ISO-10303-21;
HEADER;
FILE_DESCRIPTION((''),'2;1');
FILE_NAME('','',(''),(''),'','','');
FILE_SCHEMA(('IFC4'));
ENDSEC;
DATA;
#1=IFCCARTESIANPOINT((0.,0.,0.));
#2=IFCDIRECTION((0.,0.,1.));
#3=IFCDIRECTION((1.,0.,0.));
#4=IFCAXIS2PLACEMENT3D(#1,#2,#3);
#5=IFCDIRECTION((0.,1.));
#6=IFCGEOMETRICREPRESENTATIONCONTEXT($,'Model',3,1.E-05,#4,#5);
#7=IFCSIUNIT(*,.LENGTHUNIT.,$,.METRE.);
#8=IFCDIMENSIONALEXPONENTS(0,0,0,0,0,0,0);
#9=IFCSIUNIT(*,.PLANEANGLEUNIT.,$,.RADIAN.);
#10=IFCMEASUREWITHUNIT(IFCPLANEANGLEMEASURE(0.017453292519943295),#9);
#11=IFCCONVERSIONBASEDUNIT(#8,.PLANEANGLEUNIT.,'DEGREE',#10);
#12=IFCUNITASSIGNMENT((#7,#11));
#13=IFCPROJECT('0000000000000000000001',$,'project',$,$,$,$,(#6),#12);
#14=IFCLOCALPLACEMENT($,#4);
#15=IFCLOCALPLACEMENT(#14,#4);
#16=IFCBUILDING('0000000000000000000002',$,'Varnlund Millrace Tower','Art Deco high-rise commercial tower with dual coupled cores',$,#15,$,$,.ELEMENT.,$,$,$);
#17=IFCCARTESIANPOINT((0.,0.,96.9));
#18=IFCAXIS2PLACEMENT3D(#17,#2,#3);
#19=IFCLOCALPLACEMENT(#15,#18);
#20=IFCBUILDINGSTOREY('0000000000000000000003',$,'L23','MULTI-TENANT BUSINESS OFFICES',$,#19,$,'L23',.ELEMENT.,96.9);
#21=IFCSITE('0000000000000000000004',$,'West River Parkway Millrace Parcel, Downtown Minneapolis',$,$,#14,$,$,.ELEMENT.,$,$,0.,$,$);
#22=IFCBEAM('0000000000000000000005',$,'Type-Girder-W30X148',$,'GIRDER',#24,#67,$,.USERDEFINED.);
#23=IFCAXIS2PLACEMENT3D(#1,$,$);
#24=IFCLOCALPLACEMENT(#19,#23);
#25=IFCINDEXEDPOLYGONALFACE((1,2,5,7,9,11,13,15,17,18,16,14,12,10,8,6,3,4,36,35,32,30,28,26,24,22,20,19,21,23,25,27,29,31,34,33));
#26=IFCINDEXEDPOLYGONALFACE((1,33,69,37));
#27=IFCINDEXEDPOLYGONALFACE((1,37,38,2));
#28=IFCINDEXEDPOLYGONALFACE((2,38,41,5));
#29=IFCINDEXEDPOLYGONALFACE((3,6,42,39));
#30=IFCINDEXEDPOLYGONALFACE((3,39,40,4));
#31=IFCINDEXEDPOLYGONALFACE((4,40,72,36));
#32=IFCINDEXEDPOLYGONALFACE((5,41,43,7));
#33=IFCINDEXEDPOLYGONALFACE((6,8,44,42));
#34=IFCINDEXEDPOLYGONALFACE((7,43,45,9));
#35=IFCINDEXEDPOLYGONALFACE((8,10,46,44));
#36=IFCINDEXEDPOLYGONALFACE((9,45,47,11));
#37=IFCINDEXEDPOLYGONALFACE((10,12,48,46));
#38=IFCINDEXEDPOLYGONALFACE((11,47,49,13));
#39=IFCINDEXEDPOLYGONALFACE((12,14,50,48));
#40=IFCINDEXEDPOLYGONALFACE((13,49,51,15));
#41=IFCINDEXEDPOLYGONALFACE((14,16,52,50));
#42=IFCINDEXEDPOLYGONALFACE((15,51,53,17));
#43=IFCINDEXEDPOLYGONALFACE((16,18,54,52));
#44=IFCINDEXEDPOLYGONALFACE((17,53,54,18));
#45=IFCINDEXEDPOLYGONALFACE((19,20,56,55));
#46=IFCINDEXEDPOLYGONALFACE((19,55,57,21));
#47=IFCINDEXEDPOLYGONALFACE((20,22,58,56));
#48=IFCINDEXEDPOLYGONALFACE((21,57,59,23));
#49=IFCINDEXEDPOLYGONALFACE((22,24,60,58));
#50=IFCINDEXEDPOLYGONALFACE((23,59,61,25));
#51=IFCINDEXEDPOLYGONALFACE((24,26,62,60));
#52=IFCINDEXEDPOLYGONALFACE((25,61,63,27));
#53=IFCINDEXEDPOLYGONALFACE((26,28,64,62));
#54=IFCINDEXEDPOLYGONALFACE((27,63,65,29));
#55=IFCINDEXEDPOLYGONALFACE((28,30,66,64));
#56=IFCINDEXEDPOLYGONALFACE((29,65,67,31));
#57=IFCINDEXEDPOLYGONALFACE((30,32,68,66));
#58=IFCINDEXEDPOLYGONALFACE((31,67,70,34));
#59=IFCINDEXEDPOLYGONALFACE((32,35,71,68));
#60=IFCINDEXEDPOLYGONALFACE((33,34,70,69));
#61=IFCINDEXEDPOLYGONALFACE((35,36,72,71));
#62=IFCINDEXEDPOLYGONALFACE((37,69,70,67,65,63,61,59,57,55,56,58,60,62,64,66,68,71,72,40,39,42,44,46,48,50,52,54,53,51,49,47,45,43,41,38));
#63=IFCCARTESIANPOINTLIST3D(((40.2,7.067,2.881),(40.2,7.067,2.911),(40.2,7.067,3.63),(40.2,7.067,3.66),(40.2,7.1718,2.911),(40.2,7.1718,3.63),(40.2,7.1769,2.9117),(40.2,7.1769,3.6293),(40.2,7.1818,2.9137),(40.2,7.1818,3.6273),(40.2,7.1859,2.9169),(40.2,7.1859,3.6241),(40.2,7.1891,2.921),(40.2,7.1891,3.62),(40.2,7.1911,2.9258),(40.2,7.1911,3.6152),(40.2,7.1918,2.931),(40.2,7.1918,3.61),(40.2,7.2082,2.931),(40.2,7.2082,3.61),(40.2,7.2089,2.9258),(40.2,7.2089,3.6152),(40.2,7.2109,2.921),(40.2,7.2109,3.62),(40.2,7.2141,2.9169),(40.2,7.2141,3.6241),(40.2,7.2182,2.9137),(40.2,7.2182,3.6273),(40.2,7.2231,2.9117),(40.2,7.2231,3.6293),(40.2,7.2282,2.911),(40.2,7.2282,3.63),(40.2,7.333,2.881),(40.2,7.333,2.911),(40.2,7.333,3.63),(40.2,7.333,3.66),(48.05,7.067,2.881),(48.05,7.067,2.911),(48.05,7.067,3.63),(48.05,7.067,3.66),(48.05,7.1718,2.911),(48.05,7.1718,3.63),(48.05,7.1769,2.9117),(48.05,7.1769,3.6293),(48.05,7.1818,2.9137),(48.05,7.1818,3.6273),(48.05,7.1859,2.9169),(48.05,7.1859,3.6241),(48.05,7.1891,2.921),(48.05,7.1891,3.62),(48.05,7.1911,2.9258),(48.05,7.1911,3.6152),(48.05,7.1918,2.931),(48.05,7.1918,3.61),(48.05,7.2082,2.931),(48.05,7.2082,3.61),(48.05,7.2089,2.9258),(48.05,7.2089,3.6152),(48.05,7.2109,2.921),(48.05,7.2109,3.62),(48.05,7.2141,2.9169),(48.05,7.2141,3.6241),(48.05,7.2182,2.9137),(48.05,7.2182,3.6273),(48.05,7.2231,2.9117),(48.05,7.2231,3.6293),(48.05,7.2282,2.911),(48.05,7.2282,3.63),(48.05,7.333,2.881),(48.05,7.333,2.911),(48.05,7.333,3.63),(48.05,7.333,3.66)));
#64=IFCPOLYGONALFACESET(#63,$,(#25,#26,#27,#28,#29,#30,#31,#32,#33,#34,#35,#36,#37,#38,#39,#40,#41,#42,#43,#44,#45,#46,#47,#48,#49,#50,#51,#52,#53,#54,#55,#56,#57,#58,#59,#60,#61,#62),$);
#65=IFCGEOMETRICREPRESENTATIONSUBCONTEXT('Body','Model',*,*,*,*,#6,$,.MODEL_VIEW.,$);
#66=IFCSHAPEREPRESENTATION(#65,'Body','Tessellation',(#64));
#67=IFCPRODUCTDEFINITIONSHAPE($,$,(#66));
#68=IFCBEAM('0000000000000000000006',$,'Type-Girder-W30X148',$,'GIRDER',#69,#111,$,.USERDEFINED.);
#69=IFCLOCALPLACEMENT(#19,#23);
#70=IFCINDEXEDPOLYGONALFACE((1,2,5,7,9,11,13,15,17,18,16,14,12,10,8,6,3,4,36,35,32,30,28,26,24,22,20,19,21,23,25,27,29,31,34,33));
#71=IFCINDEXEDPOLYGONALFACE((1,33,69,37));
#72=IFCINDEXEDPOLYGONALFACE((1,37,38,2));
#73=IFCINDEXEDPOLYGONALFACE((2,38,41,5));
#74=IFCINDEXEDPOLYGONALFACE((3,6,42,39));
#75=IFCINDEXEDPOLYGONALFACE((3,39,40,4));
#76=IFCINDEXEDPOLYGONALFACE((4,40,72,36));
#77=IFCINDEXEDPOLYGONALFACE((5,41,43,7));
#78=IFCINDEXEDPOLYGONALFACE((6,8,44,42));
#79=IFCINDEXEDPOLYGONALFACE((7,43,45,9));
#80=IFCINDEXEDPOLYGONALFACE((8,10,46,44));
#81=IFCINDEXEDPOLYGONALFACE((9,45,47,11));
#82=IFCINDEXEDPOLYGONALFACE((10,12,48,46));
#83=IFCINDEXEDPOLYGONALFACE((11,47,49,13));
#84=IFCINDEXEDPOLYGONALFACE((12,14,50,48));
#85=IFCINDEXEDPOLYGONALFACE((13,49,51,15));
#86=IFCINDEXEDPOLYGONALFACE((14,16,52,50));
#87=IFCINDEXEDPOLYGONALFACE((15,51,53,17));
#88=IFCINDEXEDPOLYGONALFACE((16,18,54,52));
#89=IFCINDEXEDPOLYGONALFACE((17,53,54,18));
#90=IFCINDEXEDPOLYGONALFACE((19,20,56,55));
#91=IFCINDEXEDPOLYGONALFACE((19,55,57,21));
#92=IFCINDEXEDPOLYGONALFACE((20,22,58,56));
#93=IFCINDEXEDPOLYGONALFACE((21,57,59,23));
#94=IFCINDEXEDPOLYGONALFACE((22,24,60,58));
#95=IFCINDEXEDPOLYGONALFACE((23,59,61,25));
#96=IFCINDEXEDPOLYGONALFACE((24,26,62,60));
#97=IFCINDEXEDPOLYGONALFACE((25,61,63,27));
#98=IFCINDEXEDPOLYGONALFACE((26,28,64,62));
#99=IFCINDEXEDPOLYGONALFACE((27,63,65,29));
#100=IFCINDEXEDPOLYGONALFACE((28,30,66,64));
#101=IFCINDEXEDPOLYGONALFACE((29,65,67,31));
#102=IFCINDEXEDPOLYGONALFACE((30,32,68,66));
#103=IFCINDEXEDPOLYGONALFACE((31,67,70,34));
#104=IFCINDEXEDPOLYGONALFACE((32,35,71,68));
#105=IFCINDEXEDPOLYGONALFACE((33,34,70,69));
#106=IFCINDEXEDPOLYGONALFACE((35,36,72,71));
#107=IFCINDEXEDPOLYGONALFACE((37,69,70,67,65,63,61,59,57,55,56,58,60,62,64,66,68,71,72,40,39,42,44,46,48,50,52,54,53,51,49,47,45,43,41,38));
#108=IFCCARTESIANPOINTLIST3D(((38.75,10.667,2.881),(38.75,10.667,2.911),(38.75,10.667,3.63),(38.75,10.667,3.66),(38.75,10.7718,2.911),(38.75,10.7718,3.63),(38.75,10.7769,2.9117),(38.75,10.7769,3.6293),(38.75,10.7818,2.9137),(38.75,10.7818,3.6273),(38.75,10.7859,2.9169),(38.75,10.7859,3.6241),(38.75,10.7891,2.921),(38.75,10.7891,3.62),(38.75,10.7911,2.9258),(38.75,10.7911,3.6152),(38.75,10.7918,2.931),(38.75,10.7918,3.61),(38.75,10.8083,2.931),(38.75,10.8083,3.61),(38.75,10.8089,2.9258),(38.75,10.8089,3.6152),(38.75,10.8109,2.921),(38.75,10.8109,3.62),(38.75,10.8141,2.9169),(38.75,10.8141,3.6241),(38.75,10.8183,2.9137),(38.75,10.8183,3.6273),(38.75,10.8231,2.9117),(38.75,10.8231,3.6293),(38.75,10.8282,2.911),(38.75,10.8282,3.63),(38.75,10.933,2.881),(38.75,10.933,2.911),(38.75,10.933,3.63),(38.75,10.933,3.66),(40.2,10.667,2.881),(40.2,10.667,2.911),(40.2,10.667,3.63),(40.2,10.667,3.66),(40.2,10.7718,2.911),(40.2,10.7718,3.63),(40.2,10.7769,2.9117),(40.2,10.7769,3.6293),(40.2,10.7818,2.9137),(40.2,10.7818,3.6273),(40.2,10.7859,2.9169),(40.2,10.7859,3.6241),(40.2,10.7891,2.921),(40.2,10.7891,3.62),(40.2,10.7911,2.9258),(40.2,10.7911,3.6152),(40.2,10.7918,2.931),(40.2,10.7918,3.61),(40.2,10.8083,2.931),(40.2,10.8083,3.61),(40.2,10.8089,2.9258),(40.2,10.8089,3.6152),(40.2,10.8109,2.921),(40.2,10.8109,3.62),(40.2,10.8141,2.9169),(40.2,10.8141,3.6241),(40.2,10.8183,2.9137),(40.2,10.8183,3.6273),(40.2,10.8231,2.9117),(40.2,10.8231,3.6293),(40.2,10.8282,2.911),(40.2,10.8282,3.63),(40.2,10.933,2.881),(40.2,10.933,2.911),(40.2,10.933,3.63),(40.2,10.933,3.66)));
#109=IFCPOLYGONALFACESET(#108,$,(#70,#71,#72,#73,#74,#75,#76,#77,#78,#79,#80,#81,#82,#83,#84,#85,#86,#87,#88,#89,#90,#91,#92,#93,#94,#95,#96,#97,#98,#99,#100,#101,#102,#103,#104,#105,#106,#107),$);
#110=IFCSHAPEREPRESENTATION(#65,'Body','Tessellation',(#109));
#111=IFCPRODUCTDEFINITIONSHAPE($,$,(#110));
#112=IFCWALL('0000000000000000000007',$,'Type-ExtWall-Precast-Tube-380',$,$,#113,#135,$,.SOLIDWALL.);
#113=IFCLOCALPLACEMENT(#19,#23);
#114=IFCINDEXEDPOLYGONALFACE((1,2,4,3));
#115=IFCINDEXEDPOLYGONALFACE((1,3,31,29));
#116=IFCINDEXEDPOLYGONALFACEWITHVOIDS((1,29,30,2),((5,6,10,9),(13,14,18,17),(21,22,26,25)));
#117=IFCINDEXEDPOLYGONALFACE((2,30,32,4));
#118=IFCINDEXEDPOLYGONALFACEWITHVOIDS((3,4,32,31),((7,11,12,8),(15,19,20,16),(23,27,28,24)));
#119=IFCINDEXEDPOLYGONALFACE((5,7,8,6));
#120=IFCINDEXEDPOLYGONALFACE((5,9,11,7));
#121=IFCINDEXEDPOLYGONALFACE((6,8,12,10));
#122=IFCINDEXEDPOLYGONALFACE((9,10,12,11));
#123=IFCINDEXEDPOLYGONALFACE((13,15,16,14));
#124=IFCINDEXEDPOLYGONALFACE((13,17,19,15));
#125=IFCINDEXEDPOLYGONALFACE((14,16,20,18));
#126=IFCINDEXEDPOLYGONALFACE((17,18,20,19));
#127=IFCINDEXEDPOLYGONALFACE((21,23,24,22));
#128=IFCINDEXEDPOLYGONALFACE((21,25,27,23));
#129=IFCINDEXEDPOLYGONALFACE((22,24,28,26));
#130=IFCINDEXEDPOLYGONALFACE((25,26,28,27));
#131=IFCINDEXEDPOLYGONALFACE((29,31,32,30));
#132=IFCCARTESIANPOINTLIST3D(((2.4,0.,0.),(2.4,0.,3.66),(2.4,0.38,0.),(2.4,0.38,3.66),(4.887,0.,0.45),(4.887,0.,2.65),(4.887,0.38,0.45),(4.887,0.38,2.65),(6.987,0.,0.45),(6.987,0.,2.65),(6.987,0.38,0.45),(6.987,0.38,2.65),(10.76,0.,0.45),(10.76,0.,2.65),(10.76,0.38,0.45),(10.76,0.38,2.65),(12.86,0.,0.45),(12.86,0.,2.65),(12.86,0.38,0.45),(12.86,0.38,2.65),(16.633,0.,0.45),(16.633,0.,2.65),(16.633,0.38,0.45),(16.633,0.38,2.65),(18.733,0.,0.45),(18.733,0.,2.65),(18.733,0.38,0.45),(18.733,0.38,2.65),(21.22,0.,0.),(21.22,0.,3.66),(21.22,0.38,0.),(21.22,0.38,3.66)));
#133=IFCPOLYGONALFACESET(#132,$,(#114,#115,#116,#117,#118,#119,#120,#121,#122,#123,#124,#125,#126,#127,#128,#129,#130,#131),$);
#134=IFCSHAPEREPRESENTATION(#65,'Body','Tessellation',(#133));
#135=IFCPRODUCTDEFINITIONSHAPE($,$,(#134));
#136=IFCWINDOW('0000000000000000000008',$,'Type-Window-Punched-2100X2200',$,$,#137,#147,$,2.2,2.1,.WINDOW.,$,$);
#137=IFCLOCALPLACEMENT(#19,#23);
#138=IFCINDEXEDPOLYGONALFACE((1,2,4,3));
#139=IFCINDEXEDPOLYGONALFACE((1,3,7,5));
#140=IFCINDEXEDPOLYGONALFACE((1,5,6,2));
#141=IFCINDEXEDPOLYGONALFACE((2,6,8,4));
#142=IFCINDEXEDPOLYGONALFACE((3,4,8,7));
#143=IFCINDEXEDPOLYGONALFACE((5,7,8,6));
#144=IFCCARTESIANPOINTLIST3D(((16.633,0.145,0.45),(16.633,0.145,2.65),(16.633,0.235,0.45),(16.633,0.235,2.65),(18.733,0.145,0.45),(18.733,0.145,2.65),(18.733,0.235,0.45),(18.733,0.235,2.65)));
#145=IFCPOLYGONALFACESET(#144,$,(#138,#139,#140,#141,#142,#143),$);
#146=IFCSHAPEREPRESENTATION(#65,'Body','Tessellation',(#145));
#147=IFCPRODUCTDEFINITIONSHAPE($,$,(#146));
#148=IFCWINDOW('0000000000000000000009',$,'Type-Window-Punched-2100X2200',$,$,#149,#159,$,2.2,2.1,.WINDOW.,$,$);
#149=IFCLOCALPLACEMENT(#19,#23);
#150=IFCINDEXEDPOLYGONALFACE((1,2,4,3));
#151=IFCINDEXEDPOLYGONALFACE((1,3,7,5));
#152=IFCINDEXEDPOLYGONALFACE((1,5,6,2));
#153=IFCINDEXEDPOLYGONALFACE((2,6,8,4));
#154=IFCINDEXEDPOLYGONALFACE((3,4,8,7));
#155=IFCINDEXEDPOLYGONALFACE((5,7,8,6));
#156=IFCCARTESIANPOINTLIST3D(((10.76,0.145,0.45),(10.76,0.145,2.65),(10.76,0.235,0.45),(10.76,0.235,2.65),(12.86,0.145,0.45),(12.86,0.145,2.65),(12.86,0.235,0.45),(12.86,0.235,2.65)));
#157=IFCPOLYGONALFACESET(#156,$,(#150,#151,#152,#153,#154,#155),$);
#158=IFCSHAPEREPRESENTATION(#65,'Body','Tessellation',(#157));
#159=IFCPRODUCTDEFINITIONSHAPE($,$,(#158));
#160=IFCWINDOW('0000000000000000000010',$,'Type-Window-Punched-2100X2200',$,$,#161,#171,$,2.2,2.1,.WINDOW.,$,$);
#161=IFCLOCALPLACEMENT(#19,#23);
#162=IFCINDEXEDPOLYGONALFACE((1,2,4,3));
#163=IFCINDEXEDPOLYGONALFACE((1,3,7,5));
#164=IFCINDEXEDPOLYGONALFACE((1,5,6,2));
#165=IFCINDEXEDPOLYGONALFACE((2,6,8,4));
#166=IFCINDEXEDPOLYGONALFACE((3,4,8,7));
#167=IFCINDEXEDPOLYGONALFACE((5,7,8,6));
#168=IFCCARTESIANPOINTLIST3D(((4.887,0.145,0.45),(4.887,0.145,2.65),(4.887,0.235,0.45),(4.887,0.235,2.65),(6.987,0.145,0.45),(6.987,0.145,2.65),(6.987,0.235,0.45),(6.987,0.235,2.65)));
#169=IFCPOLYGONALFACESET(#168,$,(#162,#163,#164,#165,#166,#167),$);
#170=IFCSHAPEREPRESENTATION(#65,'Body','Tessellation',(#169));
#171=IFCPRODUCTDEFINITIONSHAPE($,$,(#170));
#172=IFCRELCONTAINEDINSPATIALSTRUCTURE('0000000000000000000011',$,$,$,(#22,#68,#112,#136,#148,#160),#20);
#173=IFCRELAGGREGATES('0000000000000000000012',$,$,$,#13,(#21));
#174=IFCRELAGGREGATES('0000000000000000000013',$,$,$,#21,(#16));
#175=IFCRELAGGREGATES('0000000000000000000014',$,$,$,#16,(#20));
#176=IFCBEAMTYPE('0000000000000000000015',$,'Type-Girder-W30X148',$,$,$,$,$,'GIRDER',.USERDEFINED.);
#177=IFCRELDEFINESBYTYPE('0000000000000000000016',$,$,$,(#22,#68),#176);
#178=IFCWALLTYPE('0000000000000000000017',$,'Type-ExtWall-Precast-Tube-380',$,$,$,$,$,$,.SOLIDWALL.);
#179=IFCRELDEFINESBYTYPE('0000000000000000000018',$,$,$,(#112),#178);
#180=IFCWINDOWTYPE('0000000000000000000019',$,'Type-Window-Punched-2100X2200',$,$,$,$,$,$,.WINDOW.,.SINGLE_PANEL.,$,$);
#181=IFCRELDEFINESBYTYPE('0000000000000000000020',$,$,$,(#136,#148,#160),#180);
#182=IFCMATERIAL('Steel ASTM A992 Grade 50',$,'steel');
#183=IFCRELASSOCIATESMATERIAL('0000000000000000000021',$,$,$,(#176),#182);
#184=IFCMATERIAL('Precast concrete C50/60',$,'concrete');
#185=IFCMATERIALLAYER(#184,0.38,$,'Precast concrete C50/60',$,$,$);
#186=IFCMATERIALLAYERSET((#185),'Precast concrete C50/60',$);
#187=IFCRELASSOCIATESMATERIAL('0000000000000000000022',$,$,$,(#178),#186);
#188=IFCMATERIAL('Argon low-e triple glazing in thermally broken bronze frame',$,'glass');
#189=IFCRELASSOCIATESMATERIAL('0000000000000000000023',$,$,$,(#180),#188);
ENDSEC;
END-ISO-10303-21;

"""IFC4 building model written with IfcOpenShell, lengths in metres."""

from ifc_helpers import new_model, entity, si_unit, converted_unit, direction, frame, origin_with_axes, origin_2d_with_axis, place, context, subcontext, project, spatial, polyline, rectangle, i_section, outline, extrude, material, layer, layer_set, material_profile, profile_set, type_object, element, fill, save


model = new_model("IFC4")

# Units and contexts
model_context = context("Model", 3, precision=1e-05, world=origin_with_axes(), true_north=direction((0.0, 1.0)))
body_context = subcontext(model_context, "Body", "Model", "MODEL_VIEW")
ifc_project = project(units=[si_unit("LENGTHUNIT", "METRE"), converted_unit("PLANEANGLEUNIT", "DEGREE", entity("IfcPlaneAngleMeasure", 0.017453292519943295), si_unit("PLANEANGLEUNIT", "RADIAN"), dimensions=[0, 0, 0, 0, 0, 0, 0])], contexts=[model_context])

# Site, building, storey
site_placement = place(None, origin_with_axes())
site = spatial("IfcSite", under=ifc_project, at=site_placement, Name="West River Parkway Millrace Parcel, Downtown Minneapolis", CompositionType="ELEMENT", RefElevation=0.0)
building_placement = place(site_placement, origin_with_axes())
building = spatial("IfcBuilding", under=site, at=building_placement, Name="Varnlund Millrace Tower", Description="Art Deco high-rise commercial tower with dual coupled cores", CompositionType="ELEMENT")
storey_placement = place(building_placement, frame((0.0, 0.0, 96.9), z_axis=(0.0, 0.0, 1.0), x_axis=(1.0, 0.0, 0.0)))
storey = spatial("IfcBuildingStorey", under=building, at=storey_placement, Name="L23", Description="MULTI-TENANT BUSINESS OFFICES", LongName="L23", CompositionType="ELEMENT", Elevation=96.9)

# Beams
ifc_material_1 = material(Name="Steel ASTM A992 Grade 50", Category="steel")
ifc_material_profile_1 = material_profile(ifc_material_1, i_section(OverallWidth=0.266, OverallDepth=0.779, WebThickness=0.0165, FlangeThickness=0.03, FilletRadius=0.02, at=origin_2d_with_axis()), Name="Steel ASTM A992 Grade 50")
ifc_profile_set_1 = profile_set([ifc_material_profile_1], Name="Steel ASTM A992 Grade 50")
beam_type_1 = type_object("IfcBeamType", Name="Type-Girder-W30X148", ElementType="GIRDER", PredefinedType="USERDEFINED", material=ifc_profile_set_1)
beam_1_placement = place(storey_placement, frame((40.2, 7.2, 3.2705), z_axis=(1.0, 0.0, 0.0), x_axis=(0.0, 1.0, 0.0)))
element("IfcBeam", 1, at=beam_1_placement, inside=storey, type_object=beam_type_1, Name="Type-Girder-W30X148", ObjectType="GIRDER", PredefinedType="USERDEFINED", context=body_context, shape_type="SweptSolid", body=[
    extrude(i_section(OverallWidth=0.266, OverallDepth=0.779, WebThickness=0.0165, FlangeThickness=0.03, FilletRadius=0.02, at=origin_2d_with_axis()), origin_with_axes(), (0.0, 0.0, 1.0), 7.85),
])
beam_2_placement = place(storey_placement, frame((38.75, 10.8, 3.2705), z_axis=(1.0, 0.0, 0.0), x_axis=(0.0, 1.0, 0.0)))
element("IfcBeam", 2, at=beam_2_placement, inside=storey, type_object=beam_type_1, Name="Type-Girder-W30X148", ObjectType="GIRDER", PredefinedType="USERDEFINED", context=body_context, shape_type="SweptSolid", body=[
    extrude(i_section(OverallWidth=0.266, OverallDepth=0.779, WebThickness=0.0165, FlangeThickness=0.03, FilletRadius=0.02, at=origin_2d_with_axis()), origin_with_axes(), (0.0, 0.0, 1.0), 1.45),
])

# Wall, openings, windows
ifc_material_2 = material(Name="Precast concrete C50/60", Category="concrete")
ifc_layer_1 = layer(ifc_material_2, 0.38, Name="Precast concrete C50/60")
ifc_layer_set_1 = layer_set([ifc_layer_1], Name="Precast concrete C50/60")
wall_type_1 = type_object("IfcWallType", Name="Type-ExtWall-Precast-Tube-380", PredefinedType="SOLIDWALL", material=ifc_layer_set_1)
wall_1_placement = place(storey_placement, frame((21.22, 0.19, 0.0), z_axis=(0.0, 0.0, 1.0), x_axis=(-1.0, 0.0, 0.0)))
wall_1 = element("IfcWall", 3, at=wall_1_placement, inside=storey, type_object=wall_type_1, Name="Type-ExtWall-Precast-Tube-380", PredefinedType="SOLIDWALL", context=body_context, shape_type="SweptSolid", body=[
    extrude(outline(polyline([(0.0, -0.19), (18.82, -0.19), (18.82, 0.19), (0.0, 0.19), (0.0, -0.19)])), origin_with_axes(), (0.0, 0.0, 1.0), 3.66),
])
opening_1_placement = place(wall_1_placement, frame((3.537, 0.0, 0.45), z_axis=(0.0, 0.0, 1.0), x_axis=(1.0, 0.0, 0.0)))
opening_1 = element("IfcOpeningElement", 4, at=opening_1_placement, cuts=wall_1, PredefinedType="OPENING", context=body_context, shape_type="SweptSolid", body=[
    extrude(rectangle(XDim=2.1, YDim=0.4, at=origin_2d_with_axis()), origin_with_axes(), (0.0, 0.0, 1.0), 2.2),
])
opening_2_placement = place(wall_1_placement, frame((9.41, 0.0, 0.45), z_axis=(0.0, 0.0, 1.0), x_axis=(1.0, 0.0, 0.0)))
opening_2 = element("IfcOpeningElement", 5, at=opening_2_placement, cuts=wall_1, PredefinedType="OPENING", context=body_context, shape_type="SweptSolid", body=[
    extrude(rectangle(XDim=2.1, YDim=0.4, at=origin_2d_with_axis()), origin_with_axes(), (0.0, 0.0, 1.0), 2.2),
])
opening_3_placement = place(wall_1_placement, frame((15.283, 0.0, 0.45), z_axis=(0.0, 0.0, 1.0), x_axis=(1.0, 0.0, 0.0)))
opening_3 = element("IfcOpeningElement", 6, at=opening_3_placement, cuts=wall_1, PredefinedType="OPENING", context=body_context, shape_type="SweptSolid", body=[
    extrude(rectangle(XDim=2.1, YDim=0.4, at=origin_2d_with_axis()), origin_with_axes(), (0.0, 0.0, 1.0), 2.2),
])
ifc_material_3 = material(Name="Argon low-e triple glazing in thermally broken bronze frame", Category="glass")
window_type = type_object("IfcWindowType", Name="Type-Window-Punched-2100X2200", PartitioningType="SINGLE_PANEL", PredefinedType="WINDOW", material=ifc_material_3)
window_1_placement = place(wall_1_placement, frame((3.537, 0.0, 0.45), z_axis=(0.0, 0.0, 1.0), x_axis=(1.0, 0.0, 0.0)))
window_1 = element("IfcWindow", 7, at=window_1_placement, inside=storey, type_object=window_type, Name="Type-Window-Punched-2100X2200", OverallHeight=2.2, OverallWidth=2.1, PredefinedType="WINDOW", context=body_context, shape_type="SweptSolid", body=[
    extrude(rectangle(XDim=2.1, YDim=0.09, at=origin_2d_with_axis()), origin_with_axes(), (0.0, 0.0, 1.0), 2.2),
])
fill(opening_1, window_1)
window_2_placement = place(wall_1_placement, frame((9.41, 0.0, 0.45), z_axis=(0.0, 0.0, 1.0), x_axis=(1.0, 0.0, 0.0)))
window_2 = element("IfcWindow", 8, at=window_2_placement, inside=storey, type_object=window_type, Name="Type-Window-Punched-2100X2200", OverallHeight=2.2, OverallWidth=2.1, PredefinedType="WINDOW", context=body_context, shape_type="SweptSolid", body=[
    extrude(rectangle(XDim=2.1, YDim=0.09, at=origin_2d_with_axis()), origin_with_axes(), (0.0, 0.0, 1.0), 2.2),
])
fill(opening_2, window_2)
window_3_placement = place(wall_1_placement, frame((15.283, 0.0, 0.45), z_axis=(0.0, 0.0, 1.0), x_axis=(1.0, 0.0, 0.0)))
window_3 = element("IfcWindow", 9, at=window_3_placement, inside=storey, type_object=window_type, Name="Type-Window-Punched-2100X2200", OverallHeight=2.2, OverallWidth=2.1, PredefinedType="WINDOW", context=body_context, shape_type="SweptSolid", body=[
    extrude(rectangle(XDim=2.1, YDim=0.09, at=origin_2d_with_axis()), origin_with_axes(), (0.0, 0.0, 1.0), 2.2),
])
fill(opening_3, window_3)

save(model, "model.ifc")
